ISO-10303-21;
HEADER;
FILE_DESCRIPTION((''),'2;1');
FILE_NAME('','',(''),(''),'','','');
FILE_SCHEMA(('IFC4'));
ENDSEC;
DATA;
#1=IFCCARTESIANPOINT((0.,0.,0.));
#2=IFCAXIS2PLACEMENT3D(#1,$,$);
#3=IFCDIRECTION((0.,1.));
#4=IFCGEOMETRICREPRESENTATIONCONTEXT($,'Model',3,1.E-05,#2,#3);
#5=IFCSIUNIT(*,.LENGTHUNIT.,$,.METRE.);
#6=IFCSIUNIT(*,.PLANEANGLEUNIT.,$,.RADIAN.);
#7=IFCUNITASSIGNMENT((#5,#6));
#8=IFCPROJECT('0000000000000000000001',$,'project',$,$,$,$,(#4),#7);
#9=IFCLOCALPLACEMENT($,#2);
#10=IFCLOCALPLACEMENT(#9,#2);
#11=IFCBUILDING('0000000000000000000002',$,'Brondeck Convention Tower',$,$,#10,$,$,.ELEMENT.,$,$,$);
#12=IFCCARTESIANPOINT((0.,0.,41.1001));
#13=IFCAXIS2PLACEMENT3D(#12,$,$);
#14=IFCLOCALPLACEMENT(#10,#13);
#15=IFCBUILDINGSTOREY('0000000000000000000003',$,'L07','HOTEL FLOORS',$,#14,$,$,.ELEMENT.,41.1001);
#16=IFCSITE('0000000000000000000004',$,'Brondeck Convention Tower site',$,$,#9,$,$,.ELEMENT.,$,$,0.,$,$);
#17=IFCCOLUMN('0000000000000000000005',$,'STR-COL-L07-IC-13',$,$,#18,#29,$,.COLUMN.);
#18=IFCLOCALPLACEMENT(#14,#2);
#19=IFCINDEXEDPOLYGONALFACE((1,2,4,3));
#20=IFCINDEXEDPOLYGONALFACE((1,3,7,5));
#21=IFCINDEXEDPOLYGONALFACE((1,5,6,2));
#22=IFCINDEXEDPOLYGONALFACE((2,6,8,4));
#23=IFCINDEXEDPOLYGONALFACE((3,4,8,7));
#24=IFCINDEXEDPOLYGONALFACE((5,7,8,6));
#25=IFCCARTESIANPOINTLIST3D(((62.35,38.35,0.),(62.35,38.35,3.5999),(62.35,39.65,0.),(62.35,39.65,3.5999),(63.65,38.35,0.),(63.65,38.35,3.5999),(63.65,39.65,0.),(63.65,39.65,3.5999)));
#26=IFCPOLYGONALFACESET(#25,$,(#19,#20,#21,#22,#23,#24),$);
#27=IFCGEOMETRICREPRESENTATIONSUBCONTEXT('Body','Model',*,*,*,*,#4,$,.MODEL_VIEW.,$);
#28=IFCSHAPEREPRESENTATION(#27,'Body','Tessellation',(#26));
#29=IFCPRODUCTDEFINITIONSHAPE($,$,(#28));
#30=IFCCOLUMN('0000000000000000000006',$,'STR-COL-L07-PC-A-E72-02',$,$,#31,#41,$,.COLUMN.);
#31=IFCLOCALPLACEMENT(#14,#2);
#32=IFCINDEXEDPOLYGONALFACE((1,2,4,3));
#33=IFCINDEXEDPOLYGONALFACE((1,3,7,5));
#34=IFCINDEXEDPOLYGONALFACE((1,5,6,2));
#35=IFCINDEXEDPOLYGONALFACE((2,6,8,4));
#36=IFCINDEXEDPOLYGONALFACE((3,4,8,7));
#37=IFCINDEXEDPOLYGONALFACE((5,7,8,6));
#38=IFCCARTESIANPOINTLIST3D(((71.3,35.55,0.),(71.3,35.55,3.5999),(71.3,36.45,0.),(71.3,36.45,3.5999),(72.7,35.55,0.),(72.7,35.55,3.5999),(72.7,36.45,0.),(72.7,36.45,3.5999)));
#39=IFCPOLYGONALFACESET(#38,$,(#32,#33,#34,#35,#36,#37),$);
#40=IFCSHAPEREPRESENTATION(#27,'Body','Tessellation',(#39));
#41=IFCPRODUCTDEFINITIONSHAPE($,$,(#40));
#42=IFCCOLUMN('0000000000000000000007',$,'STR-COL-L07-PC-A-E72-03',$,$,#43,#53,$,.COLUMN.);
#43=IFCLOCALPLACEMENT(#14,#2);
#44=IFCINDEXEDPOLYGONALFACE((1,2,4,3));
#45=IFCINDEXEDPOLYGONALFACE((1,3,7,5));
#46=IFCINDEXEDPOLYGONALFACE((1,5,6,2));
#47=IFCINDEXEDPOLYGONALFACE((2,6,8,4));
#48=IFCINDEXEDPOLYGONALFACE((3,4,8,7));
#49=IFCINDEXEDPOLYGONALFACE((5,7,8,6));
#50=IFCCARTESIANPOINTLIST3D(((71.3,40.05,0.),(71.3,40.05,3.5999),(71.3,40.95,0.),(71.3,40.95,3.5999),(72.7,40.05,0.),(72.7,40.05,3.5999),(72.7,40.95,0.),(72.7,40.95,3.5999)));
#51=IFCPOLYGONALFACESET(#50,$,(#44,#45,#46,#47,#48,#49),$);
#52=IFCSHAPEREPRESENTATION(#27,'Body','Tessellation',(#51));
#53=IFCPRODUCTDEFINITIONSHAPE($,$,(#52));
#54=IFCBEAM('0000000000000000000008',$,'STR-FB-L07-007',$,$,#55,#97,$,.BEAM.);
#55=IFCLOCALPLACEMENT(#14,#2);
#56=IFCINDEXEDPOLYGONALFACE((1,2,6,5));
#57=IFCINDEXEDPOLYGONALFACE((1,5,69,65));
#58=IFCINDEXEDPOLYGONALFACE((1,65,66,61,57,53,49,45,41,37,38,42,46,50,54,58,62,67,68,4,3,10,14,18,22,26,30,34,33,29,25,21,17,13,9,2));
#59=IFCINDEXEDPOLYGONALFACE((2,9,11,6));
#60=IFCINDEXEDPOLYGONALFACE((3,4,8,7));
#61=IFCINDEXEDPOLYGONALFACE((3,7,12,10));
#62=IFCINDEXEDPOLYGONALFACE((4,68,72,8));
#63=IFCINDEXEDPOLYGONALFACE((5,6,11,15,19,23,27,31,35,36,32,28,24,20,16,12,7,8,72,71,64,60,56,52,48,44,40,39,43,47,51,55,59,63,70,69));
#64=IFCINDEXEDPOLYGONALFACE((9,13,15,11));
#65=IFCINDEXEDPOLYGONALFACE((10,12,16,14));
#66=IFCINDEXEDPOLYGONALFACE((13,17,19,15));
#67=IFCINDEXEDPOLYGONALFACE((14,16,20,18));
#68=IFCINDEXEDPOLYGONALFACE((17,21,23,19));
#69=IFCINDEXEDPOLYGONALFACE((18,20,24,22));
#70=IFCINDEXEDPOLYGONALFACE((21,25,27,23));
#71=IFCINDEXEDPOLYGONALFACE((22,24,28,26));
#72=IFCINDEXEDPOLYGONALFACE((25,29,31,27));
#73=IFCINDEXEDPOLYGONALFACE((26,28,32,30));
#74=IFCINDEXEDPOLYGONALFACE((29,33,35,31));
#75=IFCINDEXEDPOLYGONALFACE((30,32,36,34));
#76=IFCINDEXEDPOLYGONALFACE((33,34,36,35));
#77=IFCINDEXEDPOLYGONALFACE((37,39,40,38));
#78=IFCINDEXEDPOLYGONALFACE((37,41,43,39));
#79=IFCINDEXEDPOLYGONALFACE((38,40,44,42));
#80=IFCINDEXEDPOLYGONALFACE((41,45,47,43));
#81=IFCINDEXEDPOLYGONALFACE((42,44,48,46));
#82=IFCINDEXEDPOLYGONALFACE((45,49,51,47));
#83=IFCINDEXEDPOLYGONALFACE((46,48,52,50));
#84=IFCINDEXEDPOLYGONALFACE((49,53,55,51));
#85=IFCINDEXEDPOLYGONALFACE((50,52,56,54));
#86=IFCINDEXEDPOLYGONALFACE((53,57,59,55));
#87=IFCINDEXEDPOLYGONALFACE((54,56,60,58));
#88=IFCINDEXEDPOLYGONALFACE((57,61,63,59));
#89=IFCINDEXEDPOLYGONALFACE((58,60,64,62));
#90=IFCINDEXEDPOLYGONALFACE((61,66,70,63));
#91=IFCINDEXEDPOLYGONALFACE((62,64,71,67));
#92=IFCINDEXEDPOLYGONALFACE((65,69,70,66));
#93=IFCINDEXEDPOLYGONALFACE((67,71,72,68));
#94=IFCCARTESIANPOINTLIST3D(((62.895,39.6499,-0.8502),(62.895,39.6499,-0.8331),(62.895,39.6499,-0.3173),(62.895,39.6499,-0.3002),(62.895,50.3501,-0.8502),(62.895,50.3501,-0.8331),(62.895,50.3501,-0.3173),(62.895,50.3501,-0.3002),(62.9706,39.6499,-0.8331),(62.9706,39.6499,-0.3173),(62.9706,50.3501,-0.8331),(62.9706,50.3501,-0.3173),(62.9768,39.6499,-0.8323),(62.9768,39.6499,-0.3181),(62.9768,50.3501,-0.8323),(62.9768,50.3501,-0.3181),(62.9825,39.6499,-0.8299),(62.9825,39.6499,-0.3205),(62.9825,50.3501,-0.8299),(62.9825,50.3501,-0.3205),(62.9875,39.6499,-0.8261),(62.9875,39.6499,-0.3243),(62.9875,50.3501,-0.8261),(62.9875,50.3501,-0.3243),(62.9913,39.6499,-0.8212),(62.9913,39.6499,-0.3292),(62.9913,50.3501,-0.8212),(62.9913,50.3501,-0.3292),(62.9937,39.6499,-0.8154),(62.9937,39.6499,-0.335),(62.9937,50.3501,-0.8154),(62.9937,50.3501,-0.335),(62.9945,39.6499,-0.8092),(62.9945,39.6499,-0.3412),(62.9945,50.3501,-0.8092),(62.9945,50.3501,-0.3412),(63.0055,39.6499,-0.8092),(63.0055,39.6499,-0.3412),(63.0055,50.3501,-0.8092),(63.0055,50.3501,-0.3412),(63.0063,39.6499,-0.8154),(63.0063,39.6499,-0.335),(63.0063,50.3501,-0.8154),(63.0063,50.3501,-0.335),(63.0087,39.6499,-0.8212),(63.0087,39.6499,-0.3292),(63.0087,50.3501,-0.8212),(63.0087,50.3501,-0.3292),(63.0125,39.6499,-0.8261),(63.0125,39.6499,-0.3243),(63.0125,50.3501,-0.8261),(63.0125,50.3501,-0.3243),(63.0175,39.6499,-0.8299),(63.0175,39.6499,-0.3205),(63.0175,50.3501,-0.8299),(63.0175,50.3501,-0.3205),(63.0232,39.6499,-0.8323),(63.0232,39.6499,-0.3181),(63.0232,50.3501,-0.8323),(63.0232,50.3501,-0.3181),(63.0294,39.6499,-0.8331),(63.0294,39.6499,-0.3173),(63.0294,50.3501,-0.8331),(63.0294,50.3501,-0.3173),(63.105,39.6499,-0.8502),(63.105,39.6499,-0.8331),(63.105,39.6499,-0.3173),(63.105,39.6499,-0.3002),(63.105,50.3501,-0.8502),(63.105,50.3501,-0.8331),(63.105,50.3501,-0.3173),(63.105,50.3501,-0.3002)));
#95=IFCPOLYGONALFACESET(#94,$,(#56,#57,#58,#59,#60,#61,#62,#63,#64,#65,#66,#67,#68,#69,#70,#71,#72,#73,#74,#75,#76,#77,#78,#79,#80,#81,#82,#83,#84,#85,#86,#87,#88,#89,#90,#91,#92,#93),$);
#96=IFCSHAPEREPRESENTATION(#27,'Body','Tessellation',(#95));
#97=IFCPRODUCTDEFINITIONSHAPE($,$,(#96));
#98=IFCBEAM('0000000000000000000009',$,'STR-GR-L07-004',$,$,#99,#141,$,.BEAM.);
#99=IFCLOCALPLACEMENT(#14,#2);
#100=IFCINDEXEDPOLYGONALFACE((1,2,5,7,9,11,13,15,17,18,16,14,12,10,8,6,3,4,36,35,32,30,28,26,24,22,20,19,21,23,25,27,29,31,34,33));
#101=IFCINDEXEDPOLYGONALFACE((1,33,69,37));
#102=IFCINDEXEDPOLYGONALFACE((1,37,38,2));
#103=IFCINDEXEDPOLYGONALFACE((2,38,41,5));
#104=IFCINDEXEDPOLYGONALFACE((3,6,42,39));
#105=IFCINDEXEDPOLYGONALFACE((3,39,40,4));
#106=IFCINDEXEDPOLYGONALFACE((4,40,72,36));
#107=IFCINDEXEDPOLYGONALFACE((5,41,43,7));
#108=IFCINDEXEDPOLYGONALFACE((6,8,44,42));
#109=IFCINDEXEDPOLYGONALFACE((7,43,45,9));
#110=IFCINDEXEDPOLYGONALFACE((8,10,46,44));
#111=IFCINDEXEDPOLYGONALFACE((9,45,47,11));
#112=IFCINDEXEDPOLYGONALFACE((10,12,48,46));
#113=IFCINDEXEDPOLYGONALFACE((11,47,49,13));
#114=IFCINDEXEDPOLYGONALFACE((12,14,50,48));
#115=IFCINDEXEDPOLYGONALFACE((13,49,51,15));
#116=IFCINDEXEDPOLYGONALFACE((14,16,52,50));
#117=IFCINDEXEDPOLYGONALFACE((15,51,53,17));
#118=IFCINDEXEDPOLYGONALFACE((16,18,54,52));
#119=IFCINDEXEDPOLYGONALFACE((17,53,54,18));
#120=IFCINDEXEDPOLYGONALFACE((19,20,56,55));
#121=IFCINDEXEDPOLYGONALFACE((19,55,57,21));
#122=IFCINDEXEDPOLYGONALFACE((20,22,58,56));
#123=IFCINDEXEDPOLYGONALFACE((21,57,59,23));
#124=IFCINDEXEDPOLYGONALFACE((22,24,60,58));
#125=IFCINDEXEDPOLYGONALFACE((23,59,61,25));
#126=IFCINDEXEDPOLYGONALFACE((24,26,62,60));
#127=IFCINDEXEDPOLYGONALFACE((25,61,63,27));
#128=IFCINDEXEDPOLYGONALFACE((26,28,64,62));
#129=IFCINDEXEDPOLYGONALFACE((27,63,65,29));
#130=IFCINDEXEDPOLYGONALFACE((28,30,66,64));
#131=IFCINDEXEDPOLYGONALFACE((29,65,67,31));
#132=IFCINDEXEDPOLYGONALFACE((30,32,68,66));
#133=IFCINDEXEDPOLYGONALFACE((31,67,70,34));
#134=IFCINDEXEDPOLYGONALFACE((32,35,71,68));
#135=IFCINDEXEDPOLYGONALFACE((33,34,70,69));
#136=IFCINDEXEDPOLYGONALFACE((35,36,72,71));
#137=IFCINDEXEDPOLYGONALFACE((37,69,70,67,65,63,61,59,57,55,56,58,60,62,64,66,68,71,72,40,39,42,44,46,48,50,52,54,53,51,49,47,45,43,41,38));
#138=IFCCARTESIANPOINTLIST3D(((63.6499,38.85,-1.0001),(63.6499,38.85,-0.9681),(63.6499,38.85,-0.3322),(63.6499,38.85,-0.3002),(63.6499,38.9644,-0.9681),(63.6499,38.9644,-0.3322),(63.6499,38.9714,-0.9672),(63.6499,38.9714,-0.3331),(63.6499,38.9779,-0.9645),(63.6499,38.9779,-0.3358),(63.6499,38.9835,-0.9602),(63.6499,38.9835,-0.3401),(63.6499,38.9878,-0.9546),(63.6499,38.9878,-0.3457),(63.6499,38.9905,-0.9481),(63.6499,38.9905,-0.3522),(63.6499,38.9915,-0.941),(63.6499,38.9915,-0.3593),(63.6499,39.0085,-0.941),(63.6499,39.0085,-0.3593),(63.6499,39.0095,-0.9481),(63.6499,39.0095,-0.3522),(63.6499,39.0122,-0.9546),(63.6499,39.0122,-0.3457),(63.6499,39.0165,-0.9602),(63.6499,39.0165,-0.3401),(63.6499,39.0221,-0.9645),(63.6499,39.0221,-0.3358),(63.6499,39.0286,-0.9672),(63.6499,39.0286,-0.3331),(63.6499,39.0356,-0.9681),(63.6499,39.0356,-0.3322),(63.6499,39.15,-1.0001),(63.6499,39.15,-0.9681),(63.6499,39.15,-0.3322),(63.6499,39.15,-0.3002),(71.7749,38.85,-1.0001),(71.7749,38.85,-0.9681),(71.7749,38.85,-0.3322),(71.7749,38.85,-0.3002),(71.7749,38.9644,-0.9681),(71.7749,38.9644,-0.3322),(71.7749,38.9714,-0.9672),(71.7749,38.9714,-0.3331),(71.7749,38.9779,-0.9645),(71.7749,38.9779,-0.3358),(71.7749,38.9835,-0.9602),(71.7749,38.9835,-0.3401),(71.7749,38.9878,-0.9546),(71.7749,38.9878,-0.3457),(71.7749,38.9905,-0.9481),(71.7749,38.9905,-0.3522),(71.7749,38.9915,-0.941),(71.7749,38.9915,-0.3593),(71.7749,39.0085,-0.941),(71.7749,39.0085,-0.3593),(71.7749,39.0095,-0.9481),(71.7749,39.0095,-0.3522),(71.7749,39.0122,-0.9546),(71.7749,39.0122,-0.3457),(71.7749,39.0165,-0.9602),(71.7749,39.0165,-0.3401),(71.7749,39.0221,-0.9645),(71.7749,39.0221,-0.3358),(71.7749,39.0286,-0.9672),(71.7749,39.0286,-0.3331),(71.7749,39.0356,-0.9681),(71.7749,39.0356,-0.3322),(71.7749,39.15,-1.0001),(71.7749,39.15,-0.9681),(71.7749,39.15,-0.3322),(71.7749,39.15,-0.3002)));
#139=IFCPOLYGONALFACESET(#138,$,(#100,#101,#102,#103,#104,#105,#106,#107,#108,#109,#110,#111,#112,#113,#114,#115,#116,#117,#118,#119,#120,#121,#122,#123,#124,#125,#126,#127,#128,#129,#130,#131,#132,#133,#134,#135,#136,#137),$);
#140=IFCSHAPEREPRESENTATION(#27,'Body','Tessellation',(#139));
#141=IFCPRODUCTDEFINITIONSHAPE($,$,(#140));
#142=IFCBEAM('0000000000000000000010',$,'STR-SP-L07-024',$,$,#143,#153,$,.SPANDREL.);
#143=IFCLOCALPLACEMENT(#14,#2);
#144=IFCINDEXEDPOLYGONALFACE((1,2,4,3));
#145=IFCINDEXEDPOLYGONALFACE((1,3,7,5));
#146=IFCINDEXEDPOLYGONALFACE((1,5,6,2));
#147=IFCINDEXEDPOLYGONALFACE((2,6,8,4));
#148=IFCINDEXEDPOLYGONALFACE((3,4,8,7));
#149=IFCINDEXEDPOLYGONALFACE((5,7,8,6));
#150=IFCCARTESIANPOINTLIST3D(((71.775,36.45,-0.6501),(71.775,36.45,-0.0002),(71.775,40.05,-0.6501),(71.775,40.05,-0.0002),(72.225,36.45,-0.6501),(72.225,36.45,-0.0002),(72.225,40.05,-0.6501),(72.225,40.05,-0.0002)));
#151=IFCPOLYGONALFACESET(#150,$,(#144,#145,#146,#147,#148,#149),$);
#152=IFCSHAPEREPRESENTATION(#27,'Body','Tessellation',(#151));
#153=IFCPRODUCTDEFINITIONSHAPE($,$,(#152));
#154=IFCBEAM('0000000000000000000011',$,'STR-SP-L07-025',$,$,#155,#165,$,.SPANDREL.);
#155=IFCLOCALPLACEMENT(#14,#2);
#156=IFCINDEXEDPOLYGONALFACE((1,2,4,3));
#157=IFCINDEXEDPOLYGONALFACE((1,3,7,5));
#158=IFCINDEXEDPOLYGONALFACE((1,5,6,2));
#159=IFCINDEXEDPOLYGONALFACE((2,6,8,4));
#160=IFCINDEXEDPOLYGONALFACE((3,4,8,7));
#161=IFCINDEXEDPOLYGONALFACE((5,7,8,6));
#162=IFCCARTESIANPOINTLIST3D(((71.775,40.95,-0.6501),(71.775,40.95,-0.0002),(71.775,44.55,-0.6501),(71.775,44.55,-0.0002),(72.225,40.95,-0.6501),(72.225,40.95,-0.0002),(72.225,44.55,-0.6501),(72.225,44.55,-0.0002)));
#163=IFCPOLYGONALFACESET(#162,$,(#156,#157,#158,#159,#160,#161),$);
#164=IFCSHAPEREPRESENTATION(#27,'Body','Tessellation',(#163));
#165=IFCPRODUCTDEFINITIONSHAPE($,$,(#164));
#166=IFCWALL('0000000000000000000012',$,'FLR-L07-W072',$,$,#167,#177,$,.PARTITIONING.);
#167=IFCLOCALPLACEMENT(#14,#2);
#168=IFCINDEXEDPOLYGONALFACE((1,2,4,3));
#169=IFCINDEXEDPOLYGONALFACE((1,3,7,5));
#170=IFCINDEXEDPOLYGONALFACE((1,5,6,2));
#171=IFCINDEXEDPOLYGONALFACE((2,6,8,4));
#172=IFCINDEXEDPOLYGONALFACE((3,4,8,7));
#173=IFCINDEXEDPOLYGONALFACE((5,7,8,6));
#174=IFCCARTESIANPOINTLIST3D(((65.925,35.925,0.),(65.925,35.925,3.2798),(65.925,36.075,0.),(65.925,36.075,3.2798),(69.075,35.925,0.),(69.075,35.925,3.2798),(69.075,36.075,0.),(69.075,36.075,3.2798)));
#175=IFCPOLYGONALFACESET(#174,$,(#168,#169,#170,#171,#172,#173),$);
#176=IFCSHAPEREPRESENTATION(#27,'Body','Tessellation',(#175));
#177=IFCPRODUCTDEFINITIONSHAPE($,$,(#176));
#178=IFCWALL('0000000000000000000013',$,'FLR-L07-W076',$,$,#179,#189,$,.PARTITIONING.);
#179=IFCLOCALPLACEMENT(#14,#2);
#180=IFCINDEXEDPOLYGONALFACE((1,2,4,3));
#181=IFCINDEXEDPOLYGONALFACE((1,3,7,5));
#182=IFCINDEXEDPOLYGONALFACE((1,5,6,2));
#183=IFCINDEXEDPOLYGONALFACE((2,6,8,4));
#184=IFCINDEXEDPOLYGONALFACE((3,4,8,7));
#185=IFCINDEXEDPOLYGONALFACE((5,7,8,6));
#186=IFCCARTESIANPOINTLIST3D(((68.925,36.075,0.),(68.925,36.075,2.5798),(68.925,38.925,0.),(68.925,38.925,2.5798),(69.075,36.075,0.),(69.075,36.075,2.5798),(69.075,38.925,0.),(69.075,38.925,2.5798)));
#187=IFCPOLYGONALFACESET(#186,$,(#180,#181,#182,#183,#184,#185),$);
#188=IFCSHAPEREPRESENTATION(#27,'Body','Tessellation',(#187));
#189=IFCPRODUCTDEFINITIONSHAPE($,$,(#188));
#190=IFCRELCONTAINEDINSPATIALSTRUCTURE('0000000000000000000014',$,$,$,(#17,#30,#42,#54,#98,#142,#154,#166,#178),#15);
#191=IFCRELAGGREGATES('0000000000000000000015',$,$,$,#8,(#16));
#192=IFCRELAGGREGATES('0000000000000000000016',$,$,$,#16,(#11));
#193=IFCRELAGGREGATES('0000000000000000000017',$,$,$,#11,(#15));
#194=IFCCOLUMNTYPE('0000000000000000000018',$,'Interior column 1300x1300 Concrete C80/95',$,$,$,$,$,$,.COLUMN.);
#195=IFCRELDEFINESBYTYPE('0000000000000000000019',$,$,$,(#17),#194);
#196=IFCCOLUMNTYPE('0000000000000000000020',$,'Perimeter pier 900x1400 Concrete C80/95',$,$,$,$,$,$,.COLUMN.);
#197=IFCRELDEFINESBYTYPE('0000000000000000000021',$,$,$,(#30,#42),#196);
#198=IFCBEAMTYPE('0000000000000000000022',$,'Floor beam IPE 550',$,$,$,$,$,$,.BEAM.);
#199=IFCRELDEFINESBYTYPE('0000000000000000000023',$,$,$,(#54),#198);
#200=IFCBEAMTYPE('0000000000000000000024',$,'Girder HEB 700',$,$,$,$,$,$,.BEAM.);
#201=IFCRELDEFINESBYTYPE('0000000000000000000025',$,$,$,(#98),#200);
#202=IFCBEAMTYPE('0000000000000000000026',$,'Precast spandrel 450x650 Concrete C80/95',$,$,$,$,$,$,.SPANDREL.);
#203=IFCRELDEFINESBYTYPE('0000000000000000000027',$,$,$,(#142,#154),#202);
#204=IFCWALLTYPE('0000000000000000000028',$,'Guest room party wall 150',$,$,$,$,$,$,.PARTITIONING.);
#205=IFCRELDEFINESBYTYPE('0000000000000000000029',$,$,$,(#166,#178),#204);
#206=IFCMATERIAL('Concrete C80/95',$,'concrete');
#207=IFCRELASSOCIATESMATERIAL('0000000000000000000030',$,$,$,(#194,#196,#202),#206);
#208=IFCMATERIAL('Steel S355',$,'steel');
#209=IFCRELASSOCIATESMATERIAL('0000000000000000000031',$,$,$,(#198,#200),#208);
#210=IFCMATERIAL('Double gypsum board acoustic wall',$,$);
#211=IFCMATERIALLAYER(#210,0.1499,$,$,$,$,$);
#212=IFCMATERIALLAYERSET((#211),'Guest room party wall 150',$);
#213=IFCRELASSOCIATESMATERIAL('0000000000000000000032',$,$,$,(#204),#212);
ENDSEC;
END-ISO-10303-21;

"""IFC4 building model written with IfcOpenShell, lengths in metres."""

from ifc_helpers import new_model, si_unit, direction, frame, frame_2d, origin, origin_2d, place, context, subcontext, project, spatial, rectangle, i_section, extrude, material, layer, layer_set, material_profile, profile_set, type_object, element, save


model = new_model("IFC4")

# Units and contexts
model_context = context("Model", 3, precision=1e-05, world=origin(), true_north=direction((0.0, 1.0)))
body_context = subcontext(model_context, "Body", "Model", "MODEL_VIEW")
ifc_project = project(units=[si_unit("LENGTHUNIT", "METRE"), si_unit("PLANEANGLEUNIT", "RADIAN")], contexts=[model_context])

# Site, building, storey
site_placement = place(None, origin())
site = spatial("IfcSite", under=ifc_project, at=site_placement, Name="Brondeck Convention Tower site", CompositionType="ELEMENT", RefElevation=0.0)
building_placement = place(site_placement, origin())
building = spatial("IfcBuilding", under=site, at=building_placement, Name="Brondeck Convention Tower", CompositionType="ELEMENT")
storey_placement = place(building_placement, frame((0.0, 0.0, 41.1001)))
storey = spatial("IfcBuildingStorey", under=building, at=storey_placement, Name="L07", Description="HOTEL FLOORS", CompositionType="ELEMENT", Elevation=41.1001)

# Columns
ifc_material_1 = material(Name="Concrete C80/95", Category="concrete")
ifc_material_profile_1 = material_profile(ifc_material_1, rectangle(XDim=1.3, YDim=1.3, at=origin_2d()), Name="Interior column 1300x1300 Concrete C80/95")
ifc_profile_set_1 = profile_set([ifc_material_profile_1], Name="Concrete C80/95")
column_type_1 = type_object("IfcColumnType", Name="Interior column 1300x1300 Concrete C80/95", PredefinedType="COLUMN", material=ifc_profile_set_1)
column_placement = place(storey_placement, frame((63.0, 39.0, 0.0), z_axis=(0.0, 0.0, 1.0), x_axis=(1.0, 0.0, 0.0)))
element("IfcColumn", 1, at=column_placement, inside=storey, type_object=column_type_1, Name="STR-COL-L07-IC-13", PredefinedType="COLUMN", context=body_context, shape_type="SweptSolid", body=[
    extrude(rectangle(XDim=1.3, YDim=1.3, at=origin_2d()), origin(), (0.0, 0.0, 1.0), 3.5999),
])
ifc_material_profile_2 = material_profile(ifc_material_1, rectangle(XDim=0.8999, YDim=1.3999, at=origin_2d()), Name="Perimeter pier 900x1400 Concrete C80/95")
ifc_profile_set_2 = profile_set([ifc_material_profile_2], Name="Concrete C80/95")
column_type_2 = type_object("IfcColumnType", Name="Perimeter pier 900x1400 Concrete C80/95", PredefinedType="COLUMN", material=ifc_profile_set_2)
for number, where, z_axis, x_axis, name in (
    (2, (72.0, 36.0, 0.0), (0.0, 0.0, 1.0), (0.0, 1.0, 0.0), "STR-COL-L07-PC-A-E72-02"),
    (3, (72.0, 40.5, 0.0), (0.0, 0.0, 1.0), (0.0, 1.0, 0.0), "STR-COL-L07-PC-A-E72-03"),
):
    element("IfcColumn", number, at=place(storey_placement, frame(where, z_axis=z_axis, x_axis=x_axis)), inside=storey, type_object=column_type_2, Name=name, PredefinedType="COLUMN", context=body_context, shape_type="SweptSolid", body=[
        extrude(rectangle(XDim=0.8999, YDim=1.3999, at=origin_2d()), origin(), (0.0, 0.0, 1.0), 3.5999),
    ])

# Beams
ifc_material_2 = material(Name="Steel S355", Category="steel")
ifc_material_profile_3 = material_profile(ifc_material_2, i_section(OverallWidth=0.21, OverallDepth=0.55, WebThickness=0.011, FlangeThickness=0.0171, FilletRadius=0.0239, at=origin_2d()), Name="IPE 550")
ifc_profile_set_3 = profile_set([ifc_material_profile_3], Name="Steel S355")
beam_type_1 = type_object("IfcBeamType", Name="Floor beam IPE 550", PredefinedType="BEAM", material=ifc_profile_set_3)
beam_1_placement = place(storey_placement, frame((63.0, 39.6499, -0.5752), z_axis=(0.0, 1.0, 0.0), x_axis=(-1.0, 0.0, 0.0)))
element("IfcBeam", 4, at=beam_1_placement, inside=storey, type_object=beam_type_1, Name="STR-FB-L07-007", PredefinedType="BEAM", context=body_context, shape_type="SweptSolid", body=[
    extrude(i_section(OverallWidth=0.21, OverallDepth=0.55, WebThickness=0.011, FlangeThickness=0.0171, FilletRadius=0.0239, at=origin_2d()), origin(), (0.0, 0.0, 1.0), 10.7002),
])
ifc_material_profile_4 = material_profile(ifc_material_2, i_section(OverallWidth=0.3, OverallDepth=0.7, WebThickness=0.0171, FlangeThickness=0.032, FilletRadius=0.0271, at=origin_2d()), Name="HEB 700")
ifc_profile_set_4 = profile_set([ifc_material_profile_4], Name="Steel S355")
beam_type_2 = type_object("IfcBeamType", Name="Girder HEB 700", PredefinedType="BEAM", material=ifc_profile_set_4)
beam_2_placement = place(storey_placement, frame((63.6499, 39.0, -0.6501), z_axis=(1.0, 0.0, 0.0), x_axis=(0.0, 1.0, 0.0)))
element("IfcBeam", 5, at=beam_2_placement, inside=storey, type_object=beam_type_2, Name="STR-GR-L07-004", PredefinedType="BEAM", context=body_context, shape_type="SweptSolid", body=[
    extrude(i_section(OverallWidth=0.3, OverallDepth=0.7, WebThickness=0.0171, FlangeThickness=0.032, FilletRadius=0.0271, at=origin_2d()), origin(), (0.0, 0.0, 1.0), 8.125),
])
ifc_material_profile_5 = material_profile(ifc_material_1, rectangle(XDim=0.45, YDim=0.6499, at=origin_2d()), Name="Precast spandrel 450x650 Concrete C80/95")
ifc_profile_set_5 = profile_set([ifc_material_profile_5], Name="Concrete C80/95")
beam_type_3 = type_object("IfcBeamType", Name="Precast spandrel 450x650 Concrete C80/95", PredefinedType="SPANDREL", material=ifc_profile_set_5)
for number, where, z_axis, x_axis, name in (
    (6, (72.0, 36.45, -0.3252), (0.0, 1.0, 0.0), (-1.0, 0.0, 0.0), "STR-SP-L07-024"),
    (7, (72.0, 40.95, -0.3252), (0.0, 1.0, 0.0), (-1.0, 0.0, 0.0), "STR-SP-L07-025"),
):
    element("IfcBeam", number, at=place(storey_placement, frame(where, z_axis=z_axis, x_axis=x_axis)), inside=storey, type_object=beam_type_3, Name=name, PredefinedType="SPANDREL", context=body_context, shape_type="SweptSolid", body=[
        extrude(rectangle(XDim=0.45, YDim=0.6499, at=origin_2d()), origin(), (0.0, 0.0, 1.0), 3.6001),
    ])

# Walls
ifc_material_3 = material(Name="Double gypsum board acoustic wall")
ifc_layer_1 = layer(ifc_material_3, 0.1499)
ifc_layer_set_1 = layer_set([ifc_layer_1], Name="Guest room party wall 150")
wall_type_1 = type_object("IfcWallType", Name="Guest room party wall 150", PredefinedType="PARTITIONING", material=ifc_layer_set_1)
wall_1_placement = place(storey_placement, frame((65.925, 36.0, 0.0), z_axis=(0.0, 0.0, 1.0), x_axis=(1.0, 0.0, 0.0)))
element("IfcWall", 8, at=wall_1_placement, inside=storey, type_object=wall_type_1, Name="FLR-L07-W072", PredefinedType="PARTITIONING", context=body_context, shape_type="SweptSolid", body=[
    extrude(rectangle(XDim=3.1499, YDim=0.1499, at=frame_2d((1.575, 0.0))), origin(), (0.0, 0.0, 1.0), 3.2798),
])
wall_2_placement = place(storey_placement, frame((69.0, 36.075, 0.0), z_axis=(0.0, 0.0, 1.0), x_axis=(0.0, 1.0, 0.0)))
element("IfcWall", 9, at=wall_2_placement, inside=storey, type_object=wall_type_1, Name="FLR-L07-W076", PredefinedType="PARTITIONING", context=body_context, shape_type="SweptSolid", body=[
    extrude(rectangle(XDim=2.8501, YDim=0.1499, at=frame_2d((1.425, 0.0))), origin(), (0.0, 0.0, 1.0), 2.5798),
])

save(model, "model.ifc")
